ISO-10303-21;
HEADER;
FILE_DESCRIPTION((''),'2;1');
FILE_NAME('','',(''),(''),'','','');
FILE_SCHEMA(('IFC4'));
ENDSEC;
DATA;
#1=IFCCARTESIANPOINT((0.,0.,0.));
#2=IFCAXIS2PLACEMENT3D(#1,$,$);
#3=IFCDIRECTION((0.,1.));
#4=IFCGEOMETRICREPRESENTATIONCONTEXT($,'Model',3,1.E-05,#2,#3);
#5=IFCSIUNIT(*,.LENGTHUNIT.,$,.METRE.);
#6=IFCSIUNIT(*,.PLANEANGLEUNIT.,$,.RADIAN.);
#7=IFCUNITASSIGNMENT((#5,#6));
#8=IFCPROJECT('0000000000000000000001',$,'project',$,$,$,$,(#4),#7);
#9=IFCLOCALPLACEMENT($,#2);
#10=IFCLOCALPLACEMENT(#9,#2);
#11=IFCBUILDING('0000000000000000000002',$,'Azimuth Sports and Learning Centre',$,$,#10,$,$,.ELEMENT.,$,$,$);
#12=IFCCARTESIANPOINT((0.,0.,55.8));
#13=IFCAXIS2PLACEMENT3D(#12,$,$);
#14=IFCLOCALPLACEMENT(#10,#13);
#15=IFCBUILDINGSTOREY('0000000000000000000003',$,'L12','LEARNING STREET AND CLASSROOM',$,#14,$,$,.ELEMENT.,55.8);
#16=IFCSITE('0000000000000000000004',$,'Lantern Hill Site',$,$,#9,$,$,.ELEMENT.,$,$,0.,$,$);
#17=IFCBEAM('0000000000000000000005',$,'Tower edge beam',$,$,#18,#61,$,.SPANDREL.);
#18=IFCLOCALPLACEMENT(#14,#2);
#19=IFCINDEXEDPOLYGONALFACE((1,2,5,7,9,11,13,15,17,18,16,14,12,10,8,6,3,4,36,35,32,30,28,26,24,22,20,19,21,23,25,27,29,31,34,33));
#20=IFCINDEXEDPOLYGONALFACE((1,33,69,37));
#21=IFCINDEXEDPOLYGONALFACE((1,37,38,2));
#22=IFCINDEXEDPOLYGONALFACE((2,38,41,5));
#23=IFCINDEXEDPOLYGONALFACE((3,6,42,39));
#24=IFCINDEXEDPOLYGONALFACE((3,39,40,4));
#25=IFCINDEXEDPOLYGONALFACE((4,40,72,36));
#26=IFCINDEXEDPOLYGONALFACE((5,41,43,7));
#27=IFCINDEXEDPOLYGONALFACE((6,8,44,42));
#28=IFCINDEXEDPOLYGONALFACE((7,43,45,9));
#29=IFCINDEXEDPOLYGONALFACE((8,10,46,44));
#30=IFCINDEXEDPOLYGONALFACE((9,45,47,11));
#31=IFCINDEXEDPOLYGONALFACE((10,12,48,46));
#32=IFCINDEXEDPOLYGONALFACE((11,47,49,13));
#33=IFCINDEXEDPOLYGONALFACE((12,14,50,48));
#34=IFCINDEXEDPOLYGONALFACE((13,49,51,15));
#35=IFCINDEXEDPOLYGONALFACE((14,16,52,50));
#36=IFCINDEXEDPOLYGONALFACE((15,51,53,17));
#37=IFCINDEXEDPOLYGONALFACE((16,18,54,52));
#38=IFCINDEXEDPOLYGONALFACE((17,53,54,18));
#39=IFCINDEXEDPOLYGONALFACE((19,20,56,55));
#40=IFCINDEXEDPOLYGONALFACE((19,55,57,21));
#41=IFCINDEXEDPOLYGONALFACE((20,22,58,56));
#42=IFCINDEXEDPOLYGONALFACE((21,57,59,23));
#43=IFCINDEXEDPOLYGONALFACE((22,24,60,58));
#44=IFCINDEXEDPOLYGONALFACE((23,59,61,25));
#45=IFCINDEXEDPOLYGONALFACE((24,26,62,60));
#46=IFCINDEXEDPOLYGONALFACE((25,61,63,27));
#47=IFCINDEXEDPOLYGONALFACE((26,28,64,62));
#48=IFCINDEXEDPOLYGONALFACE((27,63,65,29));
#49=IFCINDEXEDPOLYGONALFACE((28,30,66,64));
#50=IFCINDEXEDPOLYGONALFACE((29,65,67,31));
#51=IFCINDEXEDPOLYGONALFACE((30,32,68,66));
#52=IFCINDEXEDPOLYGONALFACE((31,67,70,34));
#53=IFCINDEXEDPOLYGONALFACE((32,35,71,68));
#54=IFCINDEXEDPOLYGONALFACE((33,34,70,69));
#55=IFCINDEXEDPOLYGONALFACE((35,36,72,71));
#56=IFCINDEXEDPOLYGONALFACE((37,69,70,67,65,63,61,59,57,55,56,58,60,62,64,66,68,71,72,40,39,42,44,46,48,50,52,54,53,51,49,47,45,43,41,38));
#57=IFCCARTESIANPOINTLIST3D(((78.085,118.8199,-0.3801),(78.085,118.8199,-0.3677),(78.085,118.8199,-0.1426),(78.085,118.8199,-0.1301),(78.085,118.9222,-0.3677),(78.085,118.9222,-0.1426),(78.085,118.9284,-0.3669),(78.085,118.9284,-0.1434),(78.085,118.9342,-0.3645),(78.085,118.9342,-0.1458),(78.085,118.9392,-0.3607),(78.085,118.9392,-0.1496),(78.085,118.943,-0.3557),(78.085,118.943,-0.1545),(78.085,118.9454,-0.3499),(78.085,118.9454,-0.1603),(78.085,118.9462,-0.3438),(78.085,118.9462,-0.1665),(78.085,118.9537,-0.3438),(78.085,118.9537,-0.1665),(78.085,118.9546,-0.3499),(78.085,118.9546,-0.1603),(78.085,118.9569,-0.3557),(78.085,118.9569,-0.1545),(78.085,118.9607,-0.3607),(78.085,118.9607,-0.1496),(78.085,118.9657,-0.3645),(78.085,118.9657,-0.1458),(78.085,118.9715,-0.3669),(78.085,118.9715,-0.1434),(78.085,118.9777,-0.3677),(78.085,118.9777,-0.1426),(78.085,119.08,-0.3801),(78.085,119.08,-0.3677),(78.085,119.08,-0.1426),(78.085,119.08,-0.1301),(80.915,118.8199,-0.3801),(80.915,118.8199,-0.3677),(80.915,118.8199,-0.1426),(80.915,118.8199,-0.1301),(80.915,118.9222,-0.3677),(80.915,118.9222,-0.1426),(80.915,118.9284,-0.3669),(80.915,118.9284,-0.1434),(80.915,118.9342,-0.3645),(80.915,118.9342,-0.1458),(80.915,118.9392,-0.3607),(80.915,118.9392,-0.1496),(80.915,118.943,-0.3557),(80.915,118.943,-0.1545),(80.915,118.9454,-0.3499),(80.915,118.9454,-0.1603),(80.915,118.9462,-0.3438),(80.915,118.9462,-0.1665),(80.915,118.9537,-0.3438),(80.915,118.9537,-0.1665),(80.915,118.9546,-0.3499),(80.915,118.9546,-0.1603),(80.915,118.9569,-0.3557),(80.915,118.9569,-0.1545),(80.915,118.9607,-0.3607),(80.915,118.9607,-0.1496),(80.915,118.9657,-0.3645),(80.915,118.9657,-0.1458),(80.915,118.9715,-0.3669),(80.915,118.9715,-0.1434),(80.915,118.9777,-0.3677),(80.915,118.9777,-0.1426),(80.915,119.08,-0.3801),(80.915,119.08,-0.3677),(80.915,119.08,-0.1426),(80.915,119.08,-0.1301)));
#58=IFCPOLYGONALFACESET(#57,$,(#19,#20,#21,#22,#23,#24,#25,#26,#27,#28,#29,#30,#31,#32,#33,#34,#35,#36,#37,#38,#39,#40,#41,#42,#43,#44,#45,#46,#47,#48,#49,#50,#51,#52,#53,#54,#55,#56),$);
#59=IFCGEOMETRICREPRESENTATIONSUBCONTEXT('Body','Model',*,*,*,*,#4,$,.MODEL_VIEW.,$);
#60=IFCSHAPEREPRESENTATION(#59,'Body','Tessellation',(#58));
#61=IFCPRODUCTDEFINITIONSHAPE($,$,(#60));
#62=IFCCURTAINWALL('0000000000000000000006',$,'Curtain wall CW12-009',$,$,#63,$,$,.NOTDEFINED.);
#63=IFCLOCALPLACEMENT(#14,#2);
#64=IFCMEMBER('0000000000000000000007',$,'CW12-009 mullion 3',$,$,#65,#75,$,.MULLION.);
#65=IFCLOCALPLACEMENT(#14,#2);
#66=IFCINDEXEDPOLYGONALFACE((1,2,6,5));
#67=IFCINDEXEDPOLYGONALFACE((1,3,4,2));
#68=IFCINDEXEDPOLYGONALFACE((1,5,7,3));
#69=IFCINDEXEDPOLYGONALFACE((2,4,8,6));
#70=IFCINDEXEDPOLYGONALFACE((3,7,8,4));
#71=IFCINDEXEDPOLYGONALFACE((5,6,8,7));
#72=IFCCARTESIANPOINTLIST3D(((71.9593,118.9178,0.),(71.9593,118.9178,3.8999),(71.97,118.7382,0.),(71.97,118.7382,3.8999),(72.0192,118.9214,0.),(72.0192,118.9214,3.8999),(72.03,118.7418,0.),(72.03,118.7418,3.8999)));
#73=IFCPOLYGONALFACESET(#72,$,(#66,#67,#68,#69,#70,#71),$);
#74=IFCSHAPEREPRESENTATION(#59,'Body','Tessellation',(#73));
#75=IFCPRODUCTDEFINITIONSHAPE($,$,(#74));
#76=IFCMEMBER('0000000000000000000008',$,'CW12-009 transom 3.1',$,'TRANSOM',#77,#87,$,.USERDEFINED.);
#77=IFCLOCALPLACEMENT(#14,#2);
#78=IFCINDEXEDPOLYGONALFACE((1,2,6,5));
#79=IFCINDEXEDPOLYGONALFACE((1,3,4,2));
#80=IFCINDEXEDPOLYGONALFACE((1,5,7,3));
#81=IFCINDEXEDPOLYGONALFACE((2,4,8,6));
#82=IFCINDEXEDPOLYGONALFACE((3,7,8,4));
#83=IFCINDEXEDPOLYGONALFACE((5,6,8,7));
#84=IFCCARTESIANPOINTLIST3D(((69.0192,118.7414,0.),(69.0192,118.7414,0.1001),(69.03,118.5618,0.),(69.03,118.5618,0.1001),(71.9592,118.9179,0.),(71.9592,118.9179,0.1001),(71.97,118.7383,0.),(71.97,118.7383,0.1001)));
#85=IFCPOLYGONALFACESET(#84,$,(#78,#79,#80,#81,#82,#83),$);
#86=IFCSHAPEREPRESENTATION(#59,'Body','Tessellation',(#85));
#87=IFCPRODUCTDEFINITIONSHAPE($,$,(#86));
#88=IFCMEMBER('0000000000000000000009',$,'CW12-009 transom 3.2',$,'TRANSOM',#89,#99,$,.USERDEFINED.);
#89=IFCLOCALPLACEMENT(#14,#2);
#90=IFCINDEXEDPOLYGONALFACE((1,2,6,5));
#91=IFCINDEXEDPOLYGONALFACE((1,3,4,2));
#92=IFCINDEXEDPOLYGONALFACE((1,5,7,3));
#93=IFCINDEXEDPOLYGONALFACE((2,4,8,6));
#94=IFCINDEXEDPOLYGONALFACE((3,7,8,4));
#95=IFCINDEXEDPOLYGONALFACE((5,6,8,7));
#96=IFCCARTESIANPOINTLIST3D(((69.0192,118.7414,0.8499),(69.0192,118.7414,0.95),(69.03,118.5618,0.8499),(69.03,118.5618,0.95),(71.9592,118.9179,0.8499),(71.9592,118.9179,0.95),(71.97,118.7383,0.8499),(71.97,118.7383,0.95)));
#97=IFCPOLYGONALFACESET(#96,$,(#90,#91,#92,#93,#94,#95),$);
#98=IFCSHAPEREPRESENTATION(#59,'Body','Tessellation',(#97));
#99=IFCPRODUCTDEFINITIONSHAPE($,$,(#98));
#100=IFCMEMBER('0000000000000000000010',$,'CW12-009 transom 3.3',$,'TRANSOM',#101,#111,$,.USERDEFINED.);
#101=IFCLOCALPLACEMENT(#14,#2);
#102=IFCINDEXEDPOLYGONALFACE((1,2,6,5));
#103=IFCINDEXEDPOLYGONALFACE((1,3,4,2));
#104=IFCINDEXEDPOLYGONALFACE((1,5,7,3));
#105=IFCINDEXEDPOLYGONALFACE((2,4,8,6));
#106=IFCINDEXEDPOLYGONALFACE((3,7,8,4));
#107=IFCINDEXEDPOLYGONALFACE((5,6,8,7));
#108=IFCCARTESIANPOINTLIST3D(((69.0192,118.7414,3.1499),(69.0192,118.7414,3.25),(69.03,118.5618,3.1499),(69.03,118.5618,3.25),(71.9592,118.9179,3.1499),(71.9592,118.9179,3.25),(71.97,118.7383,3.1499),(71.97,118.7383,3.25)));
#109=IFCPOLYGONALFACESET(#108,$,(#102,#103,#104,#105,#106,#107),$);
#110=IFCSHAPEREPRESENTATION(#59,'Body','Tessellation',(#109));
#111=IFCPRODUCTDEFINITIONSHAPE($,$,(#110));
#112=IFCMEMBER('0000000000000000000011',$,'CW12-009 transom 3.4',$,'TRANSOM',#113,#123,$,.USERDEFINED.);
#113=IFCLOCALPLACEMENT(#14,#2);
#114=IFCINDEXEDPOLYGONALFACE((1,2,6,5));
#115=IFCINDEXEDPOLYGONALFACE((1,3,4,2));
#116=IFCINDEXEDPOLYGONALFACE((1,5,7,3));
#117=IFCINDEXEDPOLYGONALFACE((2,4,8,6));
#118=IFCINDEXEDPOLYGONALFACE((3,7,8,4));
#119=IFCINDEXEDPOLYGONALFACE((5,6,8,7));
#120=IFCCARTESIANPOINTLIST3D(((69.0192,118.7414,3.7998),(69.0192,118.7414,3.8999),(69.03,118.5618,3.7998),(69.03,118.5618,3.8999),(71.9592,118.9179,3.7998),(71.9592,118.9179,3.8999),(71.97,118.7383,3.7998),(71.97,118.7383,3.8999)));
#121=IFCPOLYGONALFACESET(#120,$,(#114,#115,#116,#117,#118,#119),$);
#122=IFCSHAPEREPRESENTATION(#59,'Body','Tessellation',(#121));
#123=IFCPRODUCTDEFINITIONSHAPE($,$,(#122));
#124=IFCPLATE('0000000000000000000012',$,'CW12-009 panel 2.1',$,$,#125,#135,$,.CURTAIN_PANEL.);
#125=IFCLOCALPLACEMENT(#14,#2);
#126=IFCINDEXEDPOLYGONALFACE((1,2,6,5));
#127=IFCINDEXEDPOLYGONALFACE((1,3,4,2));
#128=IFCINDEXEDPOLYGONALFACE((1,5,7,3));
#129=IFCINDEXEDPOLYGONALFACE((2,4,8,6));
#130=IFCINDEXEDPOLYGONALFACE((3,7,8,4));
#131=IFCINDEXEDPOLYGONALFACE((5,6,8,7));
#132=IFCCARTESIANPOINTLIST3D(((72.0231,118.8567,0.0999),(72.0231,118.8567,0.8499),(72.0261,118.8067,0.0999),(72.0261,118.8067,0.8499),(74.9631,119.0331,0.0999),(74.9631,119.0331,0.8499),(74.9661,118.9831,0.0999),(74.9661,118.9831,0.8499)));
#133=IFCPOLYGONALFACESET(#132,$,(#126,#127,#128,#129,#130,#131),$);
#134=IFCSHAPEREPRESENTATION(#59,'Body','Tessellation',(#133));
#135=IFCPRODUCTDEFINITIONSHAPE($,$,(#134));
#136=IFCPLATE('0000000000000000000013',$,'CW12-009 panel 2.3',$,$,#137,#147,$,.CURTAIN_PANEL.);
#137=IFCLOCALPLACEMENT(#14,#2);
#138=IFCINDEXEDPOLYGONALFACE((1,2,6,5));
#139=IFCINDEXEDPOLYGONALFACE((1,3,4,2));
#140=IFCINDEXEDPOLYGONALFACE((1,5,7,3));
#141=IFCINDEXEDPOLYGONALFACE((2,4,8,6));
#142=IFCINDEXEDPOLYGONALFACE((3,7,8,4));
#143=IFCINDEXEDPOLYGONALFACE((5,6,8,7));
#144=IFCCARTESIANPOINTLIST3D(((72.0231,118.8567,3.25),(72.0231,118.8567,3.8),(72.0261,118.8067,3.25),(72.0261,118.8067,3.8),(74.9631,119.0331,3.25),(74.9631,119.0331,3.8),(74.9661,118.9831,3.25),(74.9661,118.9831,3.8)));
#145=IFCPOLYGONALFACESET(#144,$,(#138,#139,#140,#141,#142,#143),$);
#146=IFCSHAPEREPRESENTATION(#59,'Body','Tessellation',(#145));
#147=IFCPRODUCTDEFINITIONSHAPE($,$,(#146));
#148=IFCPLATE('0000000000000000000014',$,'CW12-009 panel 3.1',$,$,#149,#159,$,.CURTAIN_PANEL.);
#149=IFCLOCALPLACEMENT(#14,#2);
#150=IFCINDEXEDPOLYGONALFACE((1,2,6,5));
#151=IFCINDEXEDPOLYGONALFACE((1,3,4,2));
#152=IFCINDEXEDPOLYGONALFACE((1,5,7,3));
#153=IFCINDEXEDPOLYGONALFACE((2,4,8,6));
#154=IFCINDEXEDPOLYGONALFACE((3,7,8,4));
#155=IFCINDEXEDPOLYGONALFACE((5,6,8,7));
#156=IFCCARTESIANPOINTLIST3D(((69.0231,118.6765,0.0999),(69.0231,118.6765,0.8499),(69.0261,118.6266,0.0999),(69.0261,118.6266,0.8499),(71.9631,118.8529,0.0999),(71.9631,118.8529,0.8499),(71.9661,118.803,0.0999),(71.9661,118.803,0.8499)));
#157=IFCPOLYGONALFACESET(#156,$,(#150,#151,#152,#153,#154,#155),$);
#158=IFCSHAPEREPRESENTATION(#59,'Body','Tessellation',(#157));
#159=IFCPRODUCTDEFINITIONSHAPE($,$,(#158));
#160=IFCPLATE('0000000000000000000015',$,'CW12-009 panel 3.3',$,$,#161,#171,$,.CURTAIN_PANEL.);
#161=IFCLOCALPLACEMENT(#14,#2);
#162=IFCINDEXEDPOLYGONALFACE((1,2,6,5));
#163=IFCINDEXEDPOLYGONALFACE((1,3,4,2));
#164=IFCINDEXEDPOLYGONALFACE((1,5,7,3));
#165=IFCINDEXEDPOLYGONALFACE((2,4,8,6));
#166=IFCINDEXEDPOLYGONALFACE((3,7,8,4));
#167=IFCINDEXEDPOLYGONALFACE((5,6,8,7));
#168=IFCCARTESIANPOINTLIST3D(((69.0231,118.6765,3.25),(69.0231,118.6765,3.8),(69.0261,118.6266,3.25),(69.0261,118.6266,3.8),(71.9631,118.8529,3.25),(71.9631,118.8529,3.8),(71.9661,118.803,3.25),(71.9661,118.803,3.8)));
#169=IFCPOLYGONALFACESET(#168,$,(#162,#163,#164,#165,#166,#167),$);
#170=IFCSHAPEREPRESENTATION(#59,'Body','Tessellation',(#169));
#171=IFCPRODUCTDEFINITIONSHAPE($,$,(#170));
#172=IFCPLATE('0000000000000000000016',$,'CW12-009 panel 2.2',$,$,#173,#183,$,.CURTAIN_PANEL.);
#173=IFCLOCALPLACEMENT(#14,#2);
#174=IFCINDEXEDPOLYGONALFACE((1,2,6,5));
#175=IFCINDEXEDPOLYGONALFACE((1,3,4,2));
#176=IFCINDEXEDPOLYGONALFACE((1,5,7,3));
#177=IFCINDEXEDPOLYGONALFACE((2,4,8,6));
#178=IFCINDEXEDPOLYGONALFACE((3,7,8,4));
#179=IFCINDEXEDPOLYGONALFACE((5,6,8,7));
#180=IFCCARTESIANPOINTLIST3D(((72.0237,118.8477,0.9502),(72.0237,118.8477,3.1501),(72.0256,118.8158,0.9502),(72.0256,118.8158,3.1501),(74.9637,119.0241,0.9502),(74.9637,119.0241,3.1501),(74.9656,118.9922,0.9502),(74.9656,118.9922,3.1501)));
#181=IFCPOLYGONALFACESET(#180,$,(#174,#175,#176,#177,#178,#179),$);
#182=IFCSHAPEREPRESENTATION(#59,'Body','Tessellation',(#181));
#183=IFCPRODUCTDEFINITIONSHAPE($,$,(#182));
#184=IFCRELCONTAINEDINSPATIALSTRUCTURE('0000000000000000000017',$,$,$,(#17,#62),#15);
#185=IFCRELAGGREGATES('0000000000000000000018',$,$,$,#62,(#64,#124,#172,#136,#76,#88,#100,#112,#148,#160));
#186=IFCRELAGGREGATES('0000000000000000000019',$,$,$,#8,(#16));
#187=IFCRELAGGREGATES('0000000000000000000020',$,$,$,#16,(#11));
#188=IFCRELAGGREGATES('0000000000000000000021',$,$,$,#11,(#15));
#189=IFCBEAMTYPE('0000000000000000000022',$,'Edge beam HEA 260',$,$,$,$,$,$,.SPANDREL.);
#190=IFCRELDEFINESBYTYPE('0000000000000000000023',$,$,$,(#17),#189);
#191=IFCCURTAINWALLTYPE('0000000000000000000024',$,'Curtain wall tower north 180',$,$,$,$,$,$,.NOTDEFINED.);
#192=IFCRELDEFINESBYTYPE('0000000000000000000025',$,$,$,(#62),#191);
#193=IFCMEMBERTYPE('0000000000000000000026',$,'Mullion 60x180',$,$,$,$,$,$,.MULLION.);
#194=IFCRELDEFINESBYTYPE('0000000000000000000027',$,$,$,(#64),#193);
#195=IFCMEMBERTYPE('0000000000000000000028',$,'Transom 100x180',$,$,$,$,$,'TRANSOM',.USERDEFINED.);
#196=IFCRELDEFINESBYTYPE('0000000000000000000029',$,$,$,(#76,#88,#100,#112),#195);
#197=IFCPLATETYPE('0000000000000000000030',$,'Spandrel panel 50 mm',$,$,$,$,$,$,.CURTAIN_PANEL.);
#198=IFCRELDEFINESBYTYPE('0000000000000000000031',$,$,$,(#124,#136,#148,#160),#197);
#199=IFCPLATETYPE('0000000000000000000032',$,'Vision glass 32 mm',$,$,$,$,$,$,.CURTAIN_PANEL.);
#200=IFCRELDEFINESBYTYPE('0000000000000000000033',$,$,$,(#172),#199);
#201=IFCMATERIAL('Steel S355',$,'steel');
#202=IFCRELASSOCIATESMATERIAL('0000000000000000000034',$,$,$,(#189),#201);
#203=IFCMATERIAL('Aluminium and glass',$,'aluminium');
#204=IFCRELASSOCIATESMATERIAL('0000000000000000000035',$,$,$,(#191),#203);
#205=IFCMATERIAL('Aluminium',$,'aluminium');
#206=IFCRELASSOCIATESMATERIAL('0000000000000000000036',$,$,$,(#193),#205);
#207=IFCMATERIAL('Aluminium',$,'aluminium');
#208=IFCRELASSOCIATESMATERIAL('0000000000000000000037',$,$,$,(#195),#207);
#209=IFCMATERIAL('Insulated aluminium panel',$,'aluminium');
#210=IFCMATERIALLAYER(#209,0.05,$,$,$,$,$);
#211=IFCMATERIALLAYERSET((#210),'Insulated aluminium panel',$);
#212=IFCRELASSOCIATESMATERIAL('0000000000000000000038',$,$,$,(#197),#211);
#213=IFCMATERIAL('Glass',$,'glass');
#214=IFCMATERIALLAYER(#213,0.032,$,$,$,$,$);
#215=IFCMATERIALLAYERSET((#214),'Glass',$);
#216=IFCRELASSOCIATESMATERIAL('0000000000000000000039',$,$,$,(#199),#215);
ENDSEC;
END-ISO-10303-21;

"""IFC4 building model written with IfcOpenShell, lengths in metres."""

from ifc_helpers import new_model, si_unit, direction, frame, origin, origin_2d, place, context, subcontext, project, spatial, rectangle, i_section, extrude, material, layer, layer_set, material_profile, profile_set, type_object, element, aggregate, save


model = new_model("IFC4")

# Units and contexts
model_context = context("Model", 3, precision=1e-05, world=origin(), true_north=direction((0.0, 1.0)))
body_context = subcontext(model_context, "Body", "Model", "MODEL_VIEW")
ifc_project = project(units=[si_unit("LENGTHUNIT", "METRE"), si_unit("PLANEANGLEUNIT", "RADIAN")], contexts=[model_context])

# Site, building, storey
site_placement = place(None, origin())
site = spatial("IfcSite", under=ifc_project, at=site_placement, Name="Lantern Hill Site", CompositionType="ELEMENT", RefElevation=0.0)
building_placement = place(site_placement, origin())
building = spatial("IfcBuilding", under=site, at=building_placement, Name="Azimuth Sports and Learning Centre", CompositionType="ELEMENT")
storey_placement = place(building_placement, frame((0.0, 0.0, 55.8)))
storey = spatial("IfcBuildingStorey", under=building, at=storey_placement, Name="L12", Description="LEARNING STREET AND CLASSROOM", CompositionType="ELEMENT", Elevation=55.8)

# Beam
ifc_material_1 = material(Name="Steel S355", Category="steel")
ifc_material_profile_1 = material_profile(ifc_material_1, i_section(OverallWidth=0.26, OverallDepth=0.25, WebThickness=0.0076, FlangeThickness=0.0125, FilletRadius=0.0239, at=origin_2d()), Name="HEA 260")
ifc_profile_set_1 = profile_set([ifc_material_profile_1], Name="Steel S355")
beam_type_1 = type_object("IfcBeamType", Name="Edge beam HEA 260", PredefinedType="SPANDREL", material=ifc_profile_set_1)
beam_1_placement = place(storey_placement, frame((78.085, 118.95, -0.2551), z_axis=(1.0, 0.0, 0.0), x_axis=(0.0, 1.0, 0.0)))
element("IfcBeam", 1, at=beam_1_placement, inside=storey, type_object=beam_type_1, Name="Tower edge beam", PredefinedType="SPANDREL", context=body_context, shape_type="SweptSolid", body=[
    extrude(i_section(OverallWidth=0.26, OverallDepth=0.25, WebThickness=0.0076, FlangeThickness=0.0125, FilletRadius=0.0239, at=origin_2d()), origin(), (0.0, 0.0, 1.0), 2.8301),
])

# Curtain wall, members, plates
ifc_material_2 = material(Name="Aluminium and glass", Category="aluminium")
curtain_wall_type = type_object("IfcCurtainWallType", Name="Curtain wall tower north 180", PredefinedType="NOTDEFINED", material=ifc_material_2)
curtain_wall_placement = place(storey_placement, origin())
curtain_wall = element("IfcCurtainWall", 2, at=curtain_wall_placement, inside=storey, type_object=curtain_wall_type, Name="Curtain wall CW12-009", PredefinedType="NOTDEFINED")
ifc_material_3 = material(Name="Aluminium", Category="aluminium")
ifc_material_profile_2 = material_profile(ifc_material_3, rectangle(XDim=0.1799, YDim=0.0601, at=origin_2d()), Name="Mullion 60x180")
ifc_profile_set_2 = profile_set([ifc_material_profile_2], Name="Aluminium")
member_type_1 = type_object("IfcMemberType", Name="Mullion 60x180", PredefinedType="MULLION", material=ifc_profile_set_2)
member_1_placement = place(storey_placement, frame((71.9946, 118.8298, 0.0), z_axis=(0.0, 0.0, 1.0), x_axis=(0.059892, -0.998205, 0.0)))
member_1 = element("IfcMember", 3, at=member_1_placement, type_object=member_type_1, Name="CW12-009 mullion 3", PredefinedType="MULLION", context=body_context, shape_type="SweptSolid", body=[
    extrude(rectangle(XDim=0.1799, YDim=0.0601, at=origin_2d()), origin(), (0.0, 0.0, 1.0), 3.8999),
])
ifc_material_4 = material(Name="Aluminium", Category="aluminium")
ifc_material_profile_3 = material_profile(ifc_material_4, rectangle(XDim=0.1799, YDim=0.1001, at=origin_2d()), Name="Transom 100x180")
ifc_profile_set_3 = profile_set([ifc_material_profile_3], Name="Aluminium")
member_type_2 = type_object("IfcMemberType", Name="Transom 100x180", ElementType="TRANSOM", PredefinedType="USERDEFINED", material=ifc_profile_set_3)
member_2_placement = place(storey_placement, frame((71.9646, 118.8281, 0.05), z_axis=(-0.998202, -0.059932, 0.0), x_axis=(0.059932, -0.998202, 0.0)))
member_2 = element("IfcMember", 4, at=member_2_placement, type_object=member_type_2, Name="CW12-009 transom 3.1", ObjectType="TRANSOM", PredefinedType="USERDEFINED", context=body_context, shape_type="SweptSolid", body=[
    extrude(rectangle(XDim=0.1799, YDim=0.1001, at=origin_2d()), origin(), (0.0, 0.0, 1.0), 2.9453),
])
member_3_placement = place(storey_placement, frame((71.9646, 118.8281, 0.8999), z_axis=(-0.998202, -0.059932, 0.0), x_axis=(0.059932, -0.998202, 0.0)))
member_3 = element("IfcMember", 5, at=member_3_placement, type_object=member_type_2, Name="CW12-009 transom 3.2", ObjectType="TRANSOM", PredefinedType="USERDEFINED", context=body_context, shape_type="SweptSolid", body=[
    extrude(rectangle(XDim=0.1799, YDim=0.1001, at=origin_2d()), origin(), (0.0, 0.0, 1.0), 2.9453),
])
member_4_placement = place(storey_placement, frame((71.9646, 118.8281, 3.2), z_axis=(-0.998202, -0.059932, 0.0), x_axis=(0.059932, -0.998202, 0.0)))
member_4 = element("IfcMember", 6, at=member_4_placement, type_object=member_type_2, Name="CW12-009 transom 3.3", ObjectType="TRANSOM", PredefinedType="USERDEFINED", context=body_context, shape_type="SweptSolid", body=[
    extrude(rectangle(XDim=0.1799, YDim=0.1001, at=origin_2d()), origin(), (0.0, 0.0, 1.0), 2.9453),
])
member_5_placement = place(storey_placement, frame((71.9646, 118.8281, 3.8499), z_axis=(-0.998202, -0.059932, 0.0), x_axis=(0.059932, -0.998202, 0.0)))
member_5 = element("IfcMember", 7, at=member_5_placement, type_object=member_type_2, Name="CW12-009 transom 3.4", ObjectType="TRANSOM", PredefinedType="USERDEFINED", context=body_context, shape_type="SweptSolid", body=[
    extrude(rectangle(XDim=0.1799, YDim=0.1001, at=origin_2d()), origin(), (0.0, 0.0, 1.0), 2.9453),
])
ifc_material_5 = material(Name="Insulated aluminium panel", Category="aluminium")
ifc_layer_1 = layer(ifc_material_5, 0.05)
ifc_layer_set_1 = layer_set([ifc_layer_1], Name="Insulated aluminium panel")
plate_type_1 = type_object("IfcPlateType", Name="Spandrel panel 50 mm", PredefinedType="CURTAIN_PANEL", material=ifc_layer_set_1)
plate_1_placement = place(storey_placement, frame((73.4946, 118.9199, 0.0999), z_axis=(0.0, 0.0, 1.0), x_axis=(-0.998205, -0.059892, 0.0)))
plate_1 = element("IfcPlate", 8, at=plate_1_placement, type_object=plate_type_1, Name="CW12-009 panel 2.1", PredefinedType="CURTAIN_PANEL", context=body_context, shape_type="SweptSolid", body=[
    extrude(rectangle(XDim=2.9453, YDim=0.05, at=origin_2d()), origin(), (0.0, 0.0, 1.0), 0.75),
])
plate_2_placement = place(storey_placement, frame((73.4946, 118.9199, 3.25), z_axis=(0.0, 0.0, 1.0), x_axis=(-0.998205, -0.059892, 0.0)))
plate_2 = element("IfcPlate", 9, at=plate_2_placement, type_object=plate_type_1, Name="CW12-009 panel 2.3", PredefinedType="CURTAIN_PANEL", context=body_context, shape_type="SweptSolid", body=[
    extrude(rectangle(XDim=2.9453, YDim=0.05, at=origin_2d()), origin(), (0.0, 0.0, 1.0), 0.55),
])
plate_3_placement = place(storey_placement, frame((70.4946, 118.7397, 0.0999), z_axis=(0.0, 0.0, 1.0), x_axis=(-0.998205, -0.059892, 0.0)))
plate_3 = element("IfcPlate", 10, at=plate_3_placement, type_object=plate_type_1, Name="CW12-009 panel 3.1", PredefinedType="CURTAIN_PANEL", context=body_context, shape_type="SweptSolid", body=[
    extrude(rectangle(XDim=2.9453, YDim=0.05, at=origin_2d()), origin(), (0.0, 0.0, 1.0), 0.75),
])
plate_4_placement = place(storey_placement, frame((70.4946, 118.7397, 3.25), z_axis=(0.0, 0.0, 1.0), x_axis=(-0.998205, -0.059892, 0.0)))
plate_4 = element("IfcPlate", 11, at=plate_4_placement, type_object=plate_type_1, Name="CW12-009 panel 3.3", PredefinedType="CURTAIN_PANEL", context=body_context, shape_type="SweptSolid", body=[
    extrude(rectangle(XDim=2.9453, YDim=0.05, at=origin_2d()), origin(), (0.0, 0.0, 1.0), 0.55),
])
ifc_material_6 = material(Name="Glass", Category="glass")
ifc_layer_2 = layer(ifc_material_6, 0.032)
ifc_layer_set_2 = layer_set([ifc_layer_2], Name="Glass")
plate_type_2 = type_object("IfcPlateType", Name="Vision glass 32 mm", PredefinedType="CURTAIN_PANEL", material=ifc_layer_set_2)
plate_5_placement = place(storey_placement, frame((73.4946, 118.9199, 0.9502), z_axis=(0.0, 0.0, 1.0), x_axis=(-0.998205, -0.059892, 0.0)))
plate_5 = element("IfcPlate", 12, at=plate_5_placement, type_object=plate_type_2, Name="CW12-009 panel 2.2", PredefinedType="CURTAIN_PANEL", context=body_context, shape_type="SweptSolid", body=[
    extrude(rectangle(XDim=2.9453, YDim=0.032, at=origin_2d()), origin(), (0.0, 0.0, 1.0), 2.2),
])
aggregate(curtain_wall, [member_1, plate_1, plate_5, plate_2, member_2, member_3, member_4, member_5, plate_3, plate_4])

save(model, "model.ifc")
